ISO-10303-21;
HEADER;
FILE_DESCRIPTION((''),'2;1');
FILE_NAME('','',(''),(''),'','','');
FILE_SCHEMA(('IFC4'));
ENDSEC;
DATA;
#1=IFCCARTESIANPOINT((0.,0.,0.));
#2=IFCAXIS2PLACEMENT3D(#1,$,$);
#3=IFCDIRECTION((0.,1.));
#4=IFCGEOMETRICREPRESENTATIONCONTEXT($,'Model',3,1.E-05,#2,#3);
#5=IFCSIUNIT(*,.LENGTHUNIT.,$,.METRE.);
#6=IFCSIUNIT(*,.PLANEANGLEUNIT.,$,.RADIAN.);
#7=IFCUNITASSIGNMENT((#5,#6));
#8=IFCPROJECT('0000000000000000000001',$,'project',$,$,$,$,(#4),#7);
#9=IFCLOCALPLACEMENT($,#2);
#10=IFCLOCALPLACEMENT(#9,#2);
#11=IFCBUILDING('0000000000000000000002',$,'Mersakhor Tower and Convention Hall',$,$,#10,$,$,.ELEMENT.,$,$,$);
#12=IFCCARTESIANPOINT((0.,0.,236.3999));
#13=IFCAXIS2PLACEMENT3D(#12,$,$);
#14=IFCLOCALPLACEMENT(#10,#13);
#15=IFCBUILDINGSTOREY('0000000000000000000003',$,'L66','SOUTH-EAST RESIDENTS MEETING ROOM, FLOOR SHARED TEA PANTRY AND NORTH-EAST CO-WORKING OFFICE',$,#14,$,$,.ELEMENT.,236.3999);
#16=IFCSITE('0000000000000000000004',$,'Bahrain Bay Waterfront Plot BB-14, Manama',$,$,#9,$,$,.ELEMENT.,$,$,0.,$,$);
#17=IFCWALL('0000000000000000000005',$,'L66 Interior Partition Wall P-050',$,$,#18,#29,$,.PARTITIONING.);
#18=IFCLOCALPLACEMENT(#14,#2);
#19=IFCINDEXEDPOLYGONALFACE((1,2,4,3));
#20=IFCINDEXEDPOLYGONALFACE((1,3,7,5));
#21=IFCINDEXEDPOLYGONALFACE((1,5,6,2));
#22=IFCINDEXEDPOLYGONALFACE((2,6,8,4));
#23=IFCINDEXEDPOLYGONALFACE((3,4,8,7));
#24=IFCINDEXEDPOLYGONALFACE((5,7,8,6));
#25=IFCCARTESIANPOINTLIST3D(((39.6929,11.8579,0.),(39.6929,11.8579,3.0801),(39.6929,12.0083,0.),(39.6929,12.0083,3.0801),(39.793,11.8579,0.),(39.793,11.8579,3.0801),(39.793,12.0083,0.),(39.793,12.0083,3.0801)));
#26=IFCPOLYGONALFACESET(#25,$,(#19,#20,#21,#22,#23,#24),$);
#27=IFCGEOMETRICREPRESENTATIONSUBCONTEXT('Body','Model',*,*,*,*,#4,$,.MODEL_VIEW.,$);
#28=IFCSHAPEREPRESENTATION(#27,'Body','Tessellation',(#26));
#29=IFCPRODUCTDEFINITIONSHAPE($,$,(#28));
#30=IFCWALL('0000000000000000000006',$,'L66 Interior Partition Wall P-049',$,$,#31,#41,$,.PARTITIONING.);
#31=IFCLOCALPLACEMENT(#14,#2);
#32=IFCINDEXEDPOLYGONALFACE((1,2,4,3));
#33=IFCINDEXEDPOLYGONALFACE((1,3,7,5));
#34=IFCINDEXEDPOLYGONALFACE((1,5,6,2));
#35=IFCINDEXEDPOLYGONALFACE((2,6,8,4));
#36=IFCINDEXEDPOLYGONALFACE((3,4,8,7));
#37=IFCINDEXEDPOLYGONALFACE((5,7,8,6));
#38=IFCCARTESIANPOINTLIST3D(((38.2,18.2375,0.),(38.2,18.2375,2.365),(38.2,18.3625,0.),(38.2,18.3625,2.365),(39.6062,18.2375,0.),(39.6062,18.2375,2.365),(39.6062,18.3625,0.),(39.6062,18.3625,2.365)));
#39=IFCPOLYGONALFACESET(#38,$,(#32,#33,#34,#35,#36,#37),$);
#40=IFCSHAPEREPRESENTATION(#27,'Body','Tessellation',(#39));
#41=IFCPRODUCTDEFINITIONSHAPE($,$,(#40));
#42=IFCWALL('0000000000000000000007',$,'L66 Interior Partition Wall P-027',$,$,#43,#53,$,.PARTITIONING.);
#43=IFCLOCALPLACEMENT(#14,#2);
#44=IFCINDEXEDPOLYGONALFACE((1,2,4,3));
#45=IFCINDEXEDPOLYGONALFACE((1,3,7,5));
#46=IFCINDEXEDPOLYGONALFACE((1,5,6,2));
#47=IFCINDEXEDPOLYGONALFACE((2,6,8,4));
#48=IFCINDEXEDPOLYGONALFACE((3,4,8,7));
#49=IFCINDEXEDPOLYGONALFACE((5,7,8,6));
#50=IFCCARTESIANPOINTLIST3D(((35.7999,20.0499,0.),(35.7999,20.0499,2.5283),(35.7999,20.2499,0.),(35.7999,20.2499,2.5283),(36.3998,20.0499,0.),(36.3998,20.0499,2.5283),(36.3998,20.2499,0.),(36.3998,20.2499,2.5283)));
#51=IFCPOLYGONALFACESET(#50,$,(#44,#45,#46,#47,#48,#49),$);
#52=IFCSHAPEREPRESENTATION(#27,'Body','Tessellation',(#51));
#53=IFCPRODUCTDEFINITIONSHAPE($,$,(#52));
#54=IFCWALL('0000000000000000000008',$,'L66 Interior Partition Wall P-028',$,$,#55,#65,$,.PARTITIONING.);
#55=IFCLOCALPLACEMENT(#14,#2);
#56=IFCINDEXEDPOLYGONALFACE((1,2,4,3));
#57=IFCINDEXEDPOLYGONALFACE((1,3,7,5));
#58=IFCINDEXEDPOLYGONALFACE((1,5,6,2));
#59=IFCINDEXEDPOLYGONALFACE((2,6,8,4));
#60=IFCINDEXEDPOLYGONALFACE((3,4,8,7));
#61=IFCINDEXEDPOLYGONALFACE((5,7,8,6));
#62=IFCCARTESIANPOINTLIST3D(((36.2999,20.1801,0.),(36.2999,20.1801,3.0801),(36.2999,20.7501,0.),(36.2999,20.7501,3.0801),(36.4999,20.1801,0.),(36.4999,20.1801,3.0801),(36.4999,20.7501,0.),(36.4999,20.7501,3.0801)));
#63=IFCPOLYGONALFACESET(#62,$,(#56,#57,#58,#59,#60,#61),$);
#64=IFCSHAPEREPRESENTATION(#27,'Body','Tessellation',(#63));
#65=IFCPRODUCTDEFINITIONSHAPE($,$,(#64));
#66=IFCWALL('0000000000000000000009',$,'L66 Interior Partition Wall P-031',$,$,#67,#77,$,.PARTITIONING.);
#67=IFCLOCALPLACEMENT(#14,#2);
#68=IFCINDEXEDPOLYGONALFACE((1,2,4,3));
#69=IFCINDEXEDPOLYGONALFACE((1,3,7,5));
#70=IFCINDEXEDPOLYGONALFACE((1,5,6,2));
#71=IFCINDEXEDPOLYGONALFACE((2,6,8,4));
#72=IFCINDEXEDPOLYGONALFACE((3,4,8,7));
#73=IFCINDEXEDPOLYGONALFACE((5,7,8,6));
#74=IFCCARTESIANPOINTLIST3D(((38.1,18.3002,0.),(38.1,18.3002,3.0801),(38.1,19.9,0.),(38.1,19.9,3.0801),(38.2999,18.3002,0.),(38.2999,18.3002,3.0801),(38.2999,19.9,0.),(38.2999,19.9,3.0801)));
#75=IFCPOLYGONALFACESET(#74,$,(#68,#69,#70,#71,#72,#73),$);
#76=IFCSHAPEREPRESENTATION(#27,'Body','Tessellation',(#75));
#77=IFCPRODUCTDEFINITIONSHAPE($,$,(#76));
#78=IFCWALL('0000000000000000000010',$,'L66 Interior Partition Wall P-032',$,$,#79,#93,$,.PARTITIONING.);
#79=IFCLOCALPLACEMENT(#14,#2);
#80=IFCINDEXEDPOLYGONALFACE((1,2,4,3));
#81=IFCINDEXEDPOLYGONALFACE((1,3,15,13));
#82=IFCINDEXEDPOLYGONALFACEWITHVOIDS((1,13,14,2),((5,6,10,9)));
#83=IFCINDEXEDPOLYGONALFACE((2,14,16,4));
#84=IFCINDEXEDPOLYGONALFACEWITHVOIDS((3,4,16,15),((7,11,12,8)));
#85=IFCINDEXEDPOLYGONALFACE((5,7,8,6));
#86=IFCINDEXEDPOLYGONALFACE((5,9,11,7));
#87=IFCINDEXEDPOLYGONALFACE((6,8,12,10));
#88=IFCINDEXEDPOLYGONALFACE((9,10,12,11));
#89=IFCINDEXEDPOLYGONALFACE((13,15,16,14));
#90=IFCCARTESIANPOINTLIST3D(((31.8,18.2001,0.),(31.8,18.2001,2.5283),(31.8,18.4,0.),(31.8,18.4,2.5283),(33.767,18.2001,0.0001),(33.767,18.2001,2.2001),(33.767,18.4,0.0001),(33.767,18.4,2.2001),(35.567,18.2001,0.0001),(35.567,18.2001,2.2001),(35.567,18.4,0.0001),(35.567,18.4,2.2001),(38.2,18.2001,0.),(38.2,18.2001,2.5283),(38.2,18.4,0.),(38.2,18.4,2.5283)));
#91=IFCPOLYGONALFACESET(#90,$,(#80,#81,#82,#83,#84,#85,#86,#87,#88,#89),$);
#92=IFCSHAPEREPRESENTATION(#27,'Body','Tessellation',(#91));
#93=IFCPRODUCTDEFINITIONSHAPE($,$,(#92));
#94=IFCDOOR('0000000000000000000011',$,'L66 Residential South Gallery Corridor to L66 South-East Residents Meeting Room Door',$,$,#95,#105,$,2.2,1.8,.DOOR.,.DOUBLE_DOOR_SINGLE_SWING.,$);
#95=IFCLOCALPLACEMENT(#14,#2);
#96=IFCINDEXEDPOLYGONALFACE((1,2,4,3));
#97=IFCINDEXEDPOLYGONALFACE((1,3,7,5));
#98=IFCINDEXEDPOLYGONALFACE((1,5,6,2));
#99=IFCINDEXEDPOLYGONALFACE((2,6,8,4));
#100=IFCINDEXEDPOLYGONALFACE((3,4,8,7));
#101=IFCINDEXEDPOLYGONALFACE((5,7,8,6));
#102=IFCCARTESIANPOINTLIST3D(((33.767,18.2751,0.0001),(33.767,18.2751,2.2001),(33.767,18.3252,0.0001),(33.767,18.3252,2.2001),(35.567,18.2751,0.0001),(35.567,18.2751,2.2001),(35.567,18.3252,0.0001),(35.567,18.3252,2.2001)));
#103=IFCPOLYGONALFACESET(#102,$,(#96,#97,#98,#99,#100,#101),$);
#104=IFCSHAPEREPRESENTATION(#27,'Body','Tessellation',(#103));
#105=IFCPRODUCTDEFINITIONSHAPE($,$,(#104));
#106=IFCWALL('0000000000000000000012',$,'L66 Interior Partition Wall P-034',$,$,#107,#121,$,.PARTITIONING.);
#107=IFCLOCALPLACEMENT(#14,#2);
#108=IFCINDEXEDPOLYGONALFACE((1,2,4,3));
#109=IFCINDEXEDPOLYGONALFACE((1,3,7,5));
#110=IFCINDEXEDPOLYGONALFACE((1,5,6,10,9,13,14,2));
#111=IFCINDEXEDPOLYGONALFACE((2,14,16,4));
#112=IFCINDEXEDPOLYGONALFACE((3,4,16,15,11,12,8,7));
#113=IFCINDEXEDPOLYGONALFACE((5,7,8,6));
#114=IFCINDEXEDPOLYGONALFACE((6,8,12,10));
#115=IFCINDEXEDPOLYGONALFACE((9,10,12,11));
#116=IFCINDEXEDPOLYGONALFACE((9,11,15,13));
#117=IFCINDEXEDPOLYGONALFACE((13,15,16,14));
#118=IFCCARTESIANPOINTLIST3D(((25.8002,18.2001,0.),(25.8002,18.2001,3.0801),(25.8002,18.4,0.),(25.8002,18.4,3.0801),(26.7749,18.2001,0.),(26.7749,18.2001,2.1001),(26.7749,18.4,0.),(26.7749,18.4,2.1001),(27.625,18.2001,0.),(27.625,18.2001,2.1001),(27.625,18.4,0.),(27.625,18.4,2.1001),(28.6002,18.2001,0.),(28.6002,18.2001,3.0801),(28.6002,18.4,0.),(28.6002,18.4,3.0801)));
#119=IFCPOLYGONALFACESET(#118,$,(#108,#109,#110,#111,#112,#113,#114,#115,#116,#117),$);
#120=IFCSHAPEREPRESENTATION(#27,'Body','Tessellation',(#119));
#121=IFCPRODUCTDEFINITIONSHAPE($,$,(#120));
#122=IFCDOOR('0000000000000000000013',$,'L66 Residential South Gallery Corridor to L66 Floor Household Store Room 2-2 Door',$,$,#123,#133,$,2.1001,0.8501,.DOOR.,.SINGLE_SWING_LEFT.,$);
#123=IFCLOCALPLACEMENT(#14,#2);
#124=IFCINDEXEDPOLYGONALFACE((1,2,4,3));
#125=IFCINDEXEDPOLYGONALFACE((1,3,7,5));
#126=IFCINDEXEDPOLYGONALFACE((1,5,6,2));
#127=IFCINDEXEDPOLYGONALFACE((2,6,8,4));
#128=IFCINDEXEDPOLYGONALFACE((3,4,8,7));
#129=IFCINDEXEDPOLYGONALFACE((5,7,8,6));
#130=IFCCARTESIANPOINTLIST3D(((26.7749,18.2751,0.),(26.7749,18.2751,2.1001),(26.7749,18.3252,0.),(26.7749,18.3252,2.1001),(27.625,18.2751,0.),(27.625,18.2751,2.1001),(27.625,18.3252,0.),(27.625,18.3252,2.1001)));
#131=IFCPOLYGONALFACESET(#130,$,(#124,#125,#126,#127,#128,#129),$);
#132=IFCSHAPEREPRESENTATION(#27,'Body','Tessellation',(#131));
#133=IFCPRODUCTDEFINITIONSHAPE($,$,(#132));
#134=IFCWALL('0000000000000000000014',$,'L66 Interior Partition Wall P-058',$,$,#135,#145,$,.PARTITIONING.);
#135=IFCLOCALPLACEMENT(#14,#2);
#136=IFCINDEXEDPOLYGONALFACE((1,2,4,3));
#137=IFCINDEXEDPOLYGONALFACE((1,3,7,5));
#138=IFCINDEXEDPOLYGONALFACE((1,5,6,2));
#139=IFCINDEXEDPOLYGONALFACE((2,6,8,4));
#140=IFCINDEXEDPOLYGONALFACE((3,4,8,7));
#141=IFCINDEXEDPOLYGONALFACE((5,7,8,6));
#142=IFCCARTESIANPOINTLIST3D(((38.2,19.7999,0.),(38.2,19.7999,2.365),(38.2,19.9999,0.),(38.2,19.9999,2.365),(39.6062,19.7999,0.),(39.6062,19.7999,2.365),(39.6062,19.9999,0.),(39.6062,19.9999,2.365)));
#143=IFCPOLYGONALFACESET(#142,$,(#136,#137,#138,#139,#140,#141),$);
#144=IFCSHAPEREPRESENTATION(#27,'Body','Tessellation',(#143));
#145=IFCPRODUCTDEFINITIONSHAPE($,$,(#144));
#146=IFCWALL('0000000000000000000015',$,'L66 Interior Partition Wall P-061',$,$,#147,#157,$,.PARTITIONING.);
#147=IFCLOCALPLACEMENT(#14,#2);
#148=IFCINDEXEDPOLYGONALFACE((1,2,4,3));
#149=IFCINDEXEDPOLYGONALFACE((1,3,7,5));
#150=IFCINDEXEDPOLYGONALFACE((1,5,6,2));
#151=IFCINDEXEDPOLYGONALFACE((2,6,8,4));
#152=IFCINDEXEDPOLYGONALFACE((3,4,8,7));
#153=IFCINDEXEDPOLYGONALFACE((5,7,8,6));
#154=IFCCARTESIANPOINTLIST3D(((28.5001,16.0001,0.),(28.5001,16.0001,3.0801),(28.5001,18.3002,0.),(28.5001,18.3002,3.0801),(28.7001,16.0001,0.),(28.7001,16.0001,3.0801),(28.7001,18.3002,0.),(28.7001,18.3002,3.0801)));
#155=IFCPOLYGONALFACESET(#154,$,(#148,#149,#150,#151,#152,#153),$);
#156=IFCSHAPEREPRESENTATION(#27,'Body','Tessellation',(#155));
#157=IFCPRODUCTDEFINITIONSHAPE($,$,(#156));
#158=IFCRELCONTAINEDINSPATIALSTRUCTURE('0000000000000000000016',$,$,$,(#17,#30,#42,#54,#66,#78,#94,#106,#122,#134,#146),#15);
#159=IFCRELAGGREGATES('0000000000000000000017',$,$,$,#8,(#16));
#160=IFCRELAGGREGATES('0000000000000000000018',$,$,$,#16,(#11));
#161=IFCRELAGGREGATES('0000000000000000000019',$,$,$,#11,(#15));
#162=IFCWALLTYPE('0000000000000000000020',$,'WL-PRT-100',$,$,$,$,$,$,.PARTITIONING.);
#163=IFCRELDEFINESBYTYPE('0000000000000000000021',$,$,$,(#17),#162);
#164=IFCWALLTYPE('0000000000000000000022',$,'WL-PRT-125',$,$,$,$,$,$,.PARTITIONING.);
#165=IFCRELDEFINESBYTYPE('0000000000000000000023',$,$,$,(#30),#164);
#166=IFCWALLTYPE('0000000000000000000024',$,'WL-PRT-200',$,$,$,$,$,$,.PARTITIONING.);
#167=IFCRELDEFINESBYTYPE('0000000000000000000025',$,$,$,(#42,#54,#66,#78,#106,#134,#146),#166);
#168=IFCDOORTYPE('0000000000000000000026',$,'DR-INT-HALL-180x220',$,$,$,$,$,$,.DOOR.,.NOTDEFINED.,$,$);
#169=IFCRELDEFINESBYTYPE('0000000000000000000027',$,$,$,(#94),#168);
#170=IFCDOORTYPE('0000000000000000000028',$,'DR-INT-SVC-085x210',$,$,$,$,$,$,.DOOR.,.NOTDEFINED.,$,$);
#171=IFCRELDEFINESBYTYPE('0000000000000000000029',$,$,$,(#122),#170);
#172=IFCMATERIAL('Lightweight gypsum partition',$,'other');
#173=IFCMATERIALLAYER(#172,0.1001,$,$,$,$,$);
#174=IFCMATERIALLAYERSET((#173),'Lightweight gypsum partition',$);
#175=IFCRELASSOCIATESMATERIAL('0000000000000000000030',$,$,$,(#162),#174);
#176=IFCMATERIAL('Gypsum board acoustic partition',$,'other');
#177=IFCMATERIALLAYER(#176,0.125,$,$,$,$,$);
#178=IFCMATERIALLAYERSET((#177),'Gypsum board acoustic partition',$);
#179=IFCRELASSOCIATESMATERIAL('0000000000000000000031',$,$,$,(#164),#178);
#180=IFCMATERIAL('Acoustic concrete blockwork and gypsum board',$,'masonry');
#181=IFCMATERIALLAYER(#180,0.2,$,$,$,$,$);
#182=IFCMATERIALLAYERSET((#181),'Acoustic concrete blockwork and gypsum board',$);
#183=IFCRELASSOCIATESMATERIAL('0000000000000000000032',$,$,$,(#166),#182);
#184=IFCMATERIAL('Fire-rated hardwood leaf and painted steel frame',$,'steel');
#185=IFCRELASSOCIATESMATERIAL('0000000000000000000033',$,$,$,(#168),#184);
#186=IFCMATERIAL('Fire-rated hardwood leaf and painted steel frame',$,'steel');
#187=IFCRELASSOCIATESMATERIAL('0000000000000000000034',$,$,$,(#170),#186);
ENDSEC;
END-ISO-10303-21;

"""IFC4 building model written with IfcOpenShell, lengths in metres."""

from ifc_helpers import new_model, si_unit, direction, frame, frame_2d, origin, place, context, subcontext, project, spatial, rectangle, extrude, material, layer, layer_set, type_object, element, fill, save


model = new_model("IFC4")

# Units and contexts
model_context = context("Model", 3, precision=1e-05, world=origin(), true_north=direction((0.0, 1.0)))
body_context = subcontext(model_context, "Body", "Model", "MODEL_VIEW")
ifc_project = project(units=[si_unit("LENGTHUNIT", "METRE"), si_unit("PLANEANGLEUNIT", "RADIAN")], contexts=[model_context])

# Site, building, storey
site_placement = place(None, origin())
site = spatial("IfcSite", under=ifc_project, at=site_placement, Name="Bahrain Bay Waterfront Plot BB-14, Manama", CompositionType="ELEMENT", RefElevation=0.0)
building_placement = place(site_placement, origin())
building = spatial("IfcBuilding", under=site, at=building_placement, Name="Mersakhor Tower and Convention Hall", CompositionType="ELEMENT")
storey_placement = place(building_placement, frame((0.0, 0.0, 236.3999)))
storey = spatial("IfcBuildingStorey", under=building, at=storey_placement, Name="L66", Description="SOUTH-EAST RESIDENTS MEETING ROOM, FLOOR SHARED TEA PANTRY AND NORTH-EAST CO-WORKING OFFICE", CompositionType="ELEMENT", Elevation=236.3999)

# Walls
ifc_material_1 = material(Name="Lightweight gypsum partition", Category="other")
ifc_layer_1 = layer(ifc_material_1, 0.1001)
ifc_layer_set_1 = layer_set([ifc_layer_1], Name="Lightweight gypsum partition")
wall_type_1 = type_object("IfcWallType", Name="WL-PRT-100", PredefinedType="PARTITIONING", material=ifc_layer_set_1)
wall_1_placement = place(storey_placement, frame((39.7429, 12.0083, 0.0), z_axis=(0.0, 0.0, 1.0), x_axis=(0.0, -1.0, 0.0)))
element("IfcWall", 1, at=wall_1_placement, inside=storey, type_object=wall_type_1, Name="L66 Interior Partition Wall P-050", PredefinedType="PARTITIONING", context=body_context, shape_type="SweptSolid", body=[
    extrude(rectangle(XDim=0.1504, YDim=0.1001, at=frame_2d((0.0752, 0.0))), origin(), (0.0, 0.0, 1.0), 3.0801),
])
ifc_material_2 = material(Name="Gypsum board acoustic partition", Category="other")
ifc_layer_2 = layer(ifc_material_2, 0.125)
ifc_layer_set_2 = layer_set([ifc_layer_2], Name="Gypsum board acoustic partition")
wall_type_2 = type_object("IfcWallType", Name="WL-PRT-125", PredefinedType="PARTITIONING", material=ifc_layer_set_2)
wall_2_placement = place(storey_placement, frame((38.2, 18.3, 0.0), z_axis=(0.0, 0.0, 1.0), x_axis=(1.0, 0.0, 0.0)))
element("IfcWall", 2, at=wall_2_placement, inside=storey, type_object=wall_type_2, Name="L66 Interior Partition Wall P-049", PredefinedType="PARTITIONING", context=body_context, shape_type="SweptSolid", body=[
    extrude(rectangle(XDim=1.4062, YDim=0.125, at=frame_2d((0.7031, 0.0))), origin(), (0.0, 0.0, 1.0), 2.365),
])
ifc_material_3 = material(Name="Acoustic concrete blockwork and gypsum board", Category="masonry")
ifc_layer_3 = layer(ifc_material_3, 0.2)
ifc_layer_set_3 = layer_set([ifc_layer_3], Name="Acoustic concrete blockwork and gypsum board")
wall_type_3 = type_object("IfcWallType", Name="WL-PRT-200", PredefinedType="PARTITIONING", material=ifc_layer_set_3)
wall_3_placement = place(storey_placement, frame((35.8, 20.1499, 0.0), z_axis=(0.0, 0.0, 1.0), x_axis=(1.0, 0.0, 0.0)))
element("IfcWall", 3, at=wall_3_placement, inside=storey, type_object=wall_type_3, Name="L66 Interior Partition Wall P-027", PredefinedType="PARTITIONING", context=body_context, shape_type="SweptSolid", body=[
    extrude(rectangle(XDim=0.5999, YDim=0.2, at=frame_2d((0.2998, 0.0))), origin(), (0.0, 0.0, 1.0), 2.5283),
])
wall_4_placement = place(storey_placement, frame((36.3999, 20.1799, 0.0), z_axis=(0.0, 0.0, 1.0), x_axis=(0.0, 1.0, 0.0)))
element("IfcWall", 4, at=wall_4_placement, inside=storey, type_object=wall_type_3, Name="L66 Interior Partition Wall P-028", PredefinedType="PARTITIONING", context=body_context, shape_type="SweptSolid", body=[
    extrude(rectangle(XDim=0.5701, YDim=0.2, at=frame_2d((0.2852, 0.0))), origin(), (0.0, 0.0, 1.0), 3.0801),
])
wall_5_placement = place(storey_placement, frame((38.2, 19.8999, 0.0), z_axis=(0.0, 0.0, 1.0), x_axis=(0.0, -1.0, 0.0)))
element("IfcWall", 5, at=wall_5_placement, inside=storey, type_object=wall_type_3, Name="L66 Interior Partition Wall P-031", PredefinedType="PARTITIONING", context=body_context, shape_type="SweptSolid", body=[
    extrude(rectangle(XDim=1.5999, YDim=0.2, at=frame_2d((0.7998, 0.0))), origin(), (0.0, 0.0, 1.0), 3.0801),
])

# Walls, openings, doors
wall_6_placement = place(storey_placement, frame((38.2, 18.3, 0.0), z_axis=(0.0, 0.0, 1.0), x_axis=(-1.0, 0.0, 0.0)))
wall_6 = element("IfcWall", 6, at=wall_6_placement, inside=storey, type_object=wall_type_3, Name="L66 Interior Partition Wall P-032", PredefinedType="PARTITIONING", context=body_context, shape_type="SweptSolid", body=[
    extrude(rectangle(XDim=6.3999, YDim=0.2, at=frame_2d((3.2, 0.0))), origin(), (0.0, 0.0, 1.0), 2.5283),
])
opening_1_placement = place(wall_6_placement, frame((2.6331, 0.0, 0.0)))
opening_1 = element("IfcOpeningElement", 7, at=opening_1_placement, cuts=wall_6, PredefinedType="OPENING", context=body_context, shape_type="SweptSolid", body=[
    extrude(rectangle(XDim=1.8, YDim=2.2, at=frame_2d((0.8999, 1.1001))), frame((0.0, 0.1099, 0.0), z_axis=(0.0, -1.0, 0.0), x_axis=(1.0, 0.0, 0.0)), (0.0, 0.0, 1.0), 0.22),
])
ifc_material_4 = material(Name="Fire-rated hardwood leaf and painted steel frame", Category="steel")
door_type_1 = type_object("IfcDoorType", Name="DR-INT-HALL-180x220", OperationType="NOTDEFINED", PredefinedType="DOOR", material=ifc_material_4)
door_1_placement = place(opening_1_placement, origin())
door_1 = element("IfcDoor", 8, at=door_1_placement, inside=storey, type_object=door_type_1, Name="L66 Residential South Gallery Corridor to L66 South-East Residents Meeting Room Door", OperationType="DOUBLE_DOOR_SINGLE_SWING", OverallHeight=2.2, OverallWidth=1.8, PredefinedType="DOOR", context=body_context, shape_type="SweptSolid", body=[
    extrude(rectangle(XDim=1.8, YDim=2.2, at=frame_2d((0.8999, 1.1001))), frame((0.0, 0.0249, 0.0), z_axis=(0.0, -1.0, 0.0), x_axis=(1.0, 0.0, 0.0)), (0.0, 0.0, 1.0), 0.05),
])
fill(opening_1, door_1)
wall_7_placement = place(storey_placement, frame((28.6001, 18.3, 0.0), z_axis=(0.0, 0.0, 1.0), x_axis=(-1.0, 0.0, 0.0)))
wall_7 = element("IfcWall", 9, at=wall_7_placement, inside=storey, type_object=wall_type_3, Name="L66 Interior Partition Wall P-034", PredefinedType="PARTITIONING", context=body_context, shape_type="SweptSolid", body=[
    extrude(rectangle(XDim=2.8, YDim=0.2, at=frame_2d((1.3999, 0.0))), origin(), (0.0, 0.0, 1.0), 3.0801),
])
opening_2_placement = place(wall_7_placement, frame((0.9751, 0.0, 0.0)))
opening_2 = element("IfcOpeningElement", 10, at=opening_2_placement, cuts=wall_7, PredefinedType="OPENING", context=body_context, shape_type="SweptSolid", body=[
    extrude(rectangle(XDim=0.8501, YDim=2.1001, at=frame_2d((0.425, 1.05))), frame((0.0, 0.1099, 0.0), z_axis=(0.0, -1.0, 0.0), x_axis=(1.0, 0.0, 0.0)), (0.0, 0.0, 1.0), 0.22),
])
ifc_material_5 = material(Name="Fire-rated hardwood leaf and painted steel frame", Category="steel")
door_type_2 = type_object("IfcDoorType", Name="DR-INT-SVC-085x210", OperationType="NOTDEFINED", PredefinedType="DOOR", material=ifc_material_5)
door_2_placement = place(opening_2_placement, origin())
door_2 = element("IfcDoor", 11, at=door_2_placement, inside=storey, type_object=door_type_2, Name="L66 Residential South Gallery Corridor to L66 Floor Household Store Room 2-2 Door", OperationType="SINGLE_SWING_LEFT", OverallHeight=2.1001, OverallWidth=0.8501, PredefinedType="DOOR", context=body_context, shape_type="SweptSolid", body=[
    extrude(rectangle(XDim=0.8501, YDim=2.1001, at=frame_2d((0.425, 1.05))), frame((0.0, 0.0249, 0.0), z_axis=(0.0, -1.0, 0.0), x_axis=(1.0, 0.0, 0.0)), (0.0, 0.0, 1.0), 0.05),
])
fill(opening_2, door_2)

# Walls
wall_8_placement = place(storey_placement, frame((39.6062, 19.8999, 0.0), z_axis=(0.0, 0.0, 1.0), x_axis=(-1.0, 0.0, 0.0)))
element("IfcWall", 12, at=wall_8_placement, inside=storey, type_object=wall_type_3, Name="L66 Interior Partition Wall P-058", PredefinedType="PARTITIONING", context=body_context, shape_type="SweptSolid", body=[
    extrude(rectangle(XDim=1.4062, YDim=0.2, at=frame_2d((0.7031, 0.0))), origin(), (0.0, 0.0, 1.0), 2.365),
])
wall_9_placement = place(storey_placement, frame((28.6001, 18.3, 0.0), z_axis=(0.0, 0.0, 1.0), x_axis=(0.0, -1.0, 0.0)))
element("IfcWall", 13, at=wall_9_placement, inside=storey, type_object=wall_type_3, Name="L66 Interior Partition Wall P-061", PredefinedType="PARTITIONING", context=body_context, shape_type="SweptSolid", body=[
    extrude(rectangle(XDim=2.3, YDim=0.2, at=frame_2d((1.1499, 0.0))), origin(), (0.0, 0.0, 1.0), 3.0801),
])

save(model, "model.ifc")
